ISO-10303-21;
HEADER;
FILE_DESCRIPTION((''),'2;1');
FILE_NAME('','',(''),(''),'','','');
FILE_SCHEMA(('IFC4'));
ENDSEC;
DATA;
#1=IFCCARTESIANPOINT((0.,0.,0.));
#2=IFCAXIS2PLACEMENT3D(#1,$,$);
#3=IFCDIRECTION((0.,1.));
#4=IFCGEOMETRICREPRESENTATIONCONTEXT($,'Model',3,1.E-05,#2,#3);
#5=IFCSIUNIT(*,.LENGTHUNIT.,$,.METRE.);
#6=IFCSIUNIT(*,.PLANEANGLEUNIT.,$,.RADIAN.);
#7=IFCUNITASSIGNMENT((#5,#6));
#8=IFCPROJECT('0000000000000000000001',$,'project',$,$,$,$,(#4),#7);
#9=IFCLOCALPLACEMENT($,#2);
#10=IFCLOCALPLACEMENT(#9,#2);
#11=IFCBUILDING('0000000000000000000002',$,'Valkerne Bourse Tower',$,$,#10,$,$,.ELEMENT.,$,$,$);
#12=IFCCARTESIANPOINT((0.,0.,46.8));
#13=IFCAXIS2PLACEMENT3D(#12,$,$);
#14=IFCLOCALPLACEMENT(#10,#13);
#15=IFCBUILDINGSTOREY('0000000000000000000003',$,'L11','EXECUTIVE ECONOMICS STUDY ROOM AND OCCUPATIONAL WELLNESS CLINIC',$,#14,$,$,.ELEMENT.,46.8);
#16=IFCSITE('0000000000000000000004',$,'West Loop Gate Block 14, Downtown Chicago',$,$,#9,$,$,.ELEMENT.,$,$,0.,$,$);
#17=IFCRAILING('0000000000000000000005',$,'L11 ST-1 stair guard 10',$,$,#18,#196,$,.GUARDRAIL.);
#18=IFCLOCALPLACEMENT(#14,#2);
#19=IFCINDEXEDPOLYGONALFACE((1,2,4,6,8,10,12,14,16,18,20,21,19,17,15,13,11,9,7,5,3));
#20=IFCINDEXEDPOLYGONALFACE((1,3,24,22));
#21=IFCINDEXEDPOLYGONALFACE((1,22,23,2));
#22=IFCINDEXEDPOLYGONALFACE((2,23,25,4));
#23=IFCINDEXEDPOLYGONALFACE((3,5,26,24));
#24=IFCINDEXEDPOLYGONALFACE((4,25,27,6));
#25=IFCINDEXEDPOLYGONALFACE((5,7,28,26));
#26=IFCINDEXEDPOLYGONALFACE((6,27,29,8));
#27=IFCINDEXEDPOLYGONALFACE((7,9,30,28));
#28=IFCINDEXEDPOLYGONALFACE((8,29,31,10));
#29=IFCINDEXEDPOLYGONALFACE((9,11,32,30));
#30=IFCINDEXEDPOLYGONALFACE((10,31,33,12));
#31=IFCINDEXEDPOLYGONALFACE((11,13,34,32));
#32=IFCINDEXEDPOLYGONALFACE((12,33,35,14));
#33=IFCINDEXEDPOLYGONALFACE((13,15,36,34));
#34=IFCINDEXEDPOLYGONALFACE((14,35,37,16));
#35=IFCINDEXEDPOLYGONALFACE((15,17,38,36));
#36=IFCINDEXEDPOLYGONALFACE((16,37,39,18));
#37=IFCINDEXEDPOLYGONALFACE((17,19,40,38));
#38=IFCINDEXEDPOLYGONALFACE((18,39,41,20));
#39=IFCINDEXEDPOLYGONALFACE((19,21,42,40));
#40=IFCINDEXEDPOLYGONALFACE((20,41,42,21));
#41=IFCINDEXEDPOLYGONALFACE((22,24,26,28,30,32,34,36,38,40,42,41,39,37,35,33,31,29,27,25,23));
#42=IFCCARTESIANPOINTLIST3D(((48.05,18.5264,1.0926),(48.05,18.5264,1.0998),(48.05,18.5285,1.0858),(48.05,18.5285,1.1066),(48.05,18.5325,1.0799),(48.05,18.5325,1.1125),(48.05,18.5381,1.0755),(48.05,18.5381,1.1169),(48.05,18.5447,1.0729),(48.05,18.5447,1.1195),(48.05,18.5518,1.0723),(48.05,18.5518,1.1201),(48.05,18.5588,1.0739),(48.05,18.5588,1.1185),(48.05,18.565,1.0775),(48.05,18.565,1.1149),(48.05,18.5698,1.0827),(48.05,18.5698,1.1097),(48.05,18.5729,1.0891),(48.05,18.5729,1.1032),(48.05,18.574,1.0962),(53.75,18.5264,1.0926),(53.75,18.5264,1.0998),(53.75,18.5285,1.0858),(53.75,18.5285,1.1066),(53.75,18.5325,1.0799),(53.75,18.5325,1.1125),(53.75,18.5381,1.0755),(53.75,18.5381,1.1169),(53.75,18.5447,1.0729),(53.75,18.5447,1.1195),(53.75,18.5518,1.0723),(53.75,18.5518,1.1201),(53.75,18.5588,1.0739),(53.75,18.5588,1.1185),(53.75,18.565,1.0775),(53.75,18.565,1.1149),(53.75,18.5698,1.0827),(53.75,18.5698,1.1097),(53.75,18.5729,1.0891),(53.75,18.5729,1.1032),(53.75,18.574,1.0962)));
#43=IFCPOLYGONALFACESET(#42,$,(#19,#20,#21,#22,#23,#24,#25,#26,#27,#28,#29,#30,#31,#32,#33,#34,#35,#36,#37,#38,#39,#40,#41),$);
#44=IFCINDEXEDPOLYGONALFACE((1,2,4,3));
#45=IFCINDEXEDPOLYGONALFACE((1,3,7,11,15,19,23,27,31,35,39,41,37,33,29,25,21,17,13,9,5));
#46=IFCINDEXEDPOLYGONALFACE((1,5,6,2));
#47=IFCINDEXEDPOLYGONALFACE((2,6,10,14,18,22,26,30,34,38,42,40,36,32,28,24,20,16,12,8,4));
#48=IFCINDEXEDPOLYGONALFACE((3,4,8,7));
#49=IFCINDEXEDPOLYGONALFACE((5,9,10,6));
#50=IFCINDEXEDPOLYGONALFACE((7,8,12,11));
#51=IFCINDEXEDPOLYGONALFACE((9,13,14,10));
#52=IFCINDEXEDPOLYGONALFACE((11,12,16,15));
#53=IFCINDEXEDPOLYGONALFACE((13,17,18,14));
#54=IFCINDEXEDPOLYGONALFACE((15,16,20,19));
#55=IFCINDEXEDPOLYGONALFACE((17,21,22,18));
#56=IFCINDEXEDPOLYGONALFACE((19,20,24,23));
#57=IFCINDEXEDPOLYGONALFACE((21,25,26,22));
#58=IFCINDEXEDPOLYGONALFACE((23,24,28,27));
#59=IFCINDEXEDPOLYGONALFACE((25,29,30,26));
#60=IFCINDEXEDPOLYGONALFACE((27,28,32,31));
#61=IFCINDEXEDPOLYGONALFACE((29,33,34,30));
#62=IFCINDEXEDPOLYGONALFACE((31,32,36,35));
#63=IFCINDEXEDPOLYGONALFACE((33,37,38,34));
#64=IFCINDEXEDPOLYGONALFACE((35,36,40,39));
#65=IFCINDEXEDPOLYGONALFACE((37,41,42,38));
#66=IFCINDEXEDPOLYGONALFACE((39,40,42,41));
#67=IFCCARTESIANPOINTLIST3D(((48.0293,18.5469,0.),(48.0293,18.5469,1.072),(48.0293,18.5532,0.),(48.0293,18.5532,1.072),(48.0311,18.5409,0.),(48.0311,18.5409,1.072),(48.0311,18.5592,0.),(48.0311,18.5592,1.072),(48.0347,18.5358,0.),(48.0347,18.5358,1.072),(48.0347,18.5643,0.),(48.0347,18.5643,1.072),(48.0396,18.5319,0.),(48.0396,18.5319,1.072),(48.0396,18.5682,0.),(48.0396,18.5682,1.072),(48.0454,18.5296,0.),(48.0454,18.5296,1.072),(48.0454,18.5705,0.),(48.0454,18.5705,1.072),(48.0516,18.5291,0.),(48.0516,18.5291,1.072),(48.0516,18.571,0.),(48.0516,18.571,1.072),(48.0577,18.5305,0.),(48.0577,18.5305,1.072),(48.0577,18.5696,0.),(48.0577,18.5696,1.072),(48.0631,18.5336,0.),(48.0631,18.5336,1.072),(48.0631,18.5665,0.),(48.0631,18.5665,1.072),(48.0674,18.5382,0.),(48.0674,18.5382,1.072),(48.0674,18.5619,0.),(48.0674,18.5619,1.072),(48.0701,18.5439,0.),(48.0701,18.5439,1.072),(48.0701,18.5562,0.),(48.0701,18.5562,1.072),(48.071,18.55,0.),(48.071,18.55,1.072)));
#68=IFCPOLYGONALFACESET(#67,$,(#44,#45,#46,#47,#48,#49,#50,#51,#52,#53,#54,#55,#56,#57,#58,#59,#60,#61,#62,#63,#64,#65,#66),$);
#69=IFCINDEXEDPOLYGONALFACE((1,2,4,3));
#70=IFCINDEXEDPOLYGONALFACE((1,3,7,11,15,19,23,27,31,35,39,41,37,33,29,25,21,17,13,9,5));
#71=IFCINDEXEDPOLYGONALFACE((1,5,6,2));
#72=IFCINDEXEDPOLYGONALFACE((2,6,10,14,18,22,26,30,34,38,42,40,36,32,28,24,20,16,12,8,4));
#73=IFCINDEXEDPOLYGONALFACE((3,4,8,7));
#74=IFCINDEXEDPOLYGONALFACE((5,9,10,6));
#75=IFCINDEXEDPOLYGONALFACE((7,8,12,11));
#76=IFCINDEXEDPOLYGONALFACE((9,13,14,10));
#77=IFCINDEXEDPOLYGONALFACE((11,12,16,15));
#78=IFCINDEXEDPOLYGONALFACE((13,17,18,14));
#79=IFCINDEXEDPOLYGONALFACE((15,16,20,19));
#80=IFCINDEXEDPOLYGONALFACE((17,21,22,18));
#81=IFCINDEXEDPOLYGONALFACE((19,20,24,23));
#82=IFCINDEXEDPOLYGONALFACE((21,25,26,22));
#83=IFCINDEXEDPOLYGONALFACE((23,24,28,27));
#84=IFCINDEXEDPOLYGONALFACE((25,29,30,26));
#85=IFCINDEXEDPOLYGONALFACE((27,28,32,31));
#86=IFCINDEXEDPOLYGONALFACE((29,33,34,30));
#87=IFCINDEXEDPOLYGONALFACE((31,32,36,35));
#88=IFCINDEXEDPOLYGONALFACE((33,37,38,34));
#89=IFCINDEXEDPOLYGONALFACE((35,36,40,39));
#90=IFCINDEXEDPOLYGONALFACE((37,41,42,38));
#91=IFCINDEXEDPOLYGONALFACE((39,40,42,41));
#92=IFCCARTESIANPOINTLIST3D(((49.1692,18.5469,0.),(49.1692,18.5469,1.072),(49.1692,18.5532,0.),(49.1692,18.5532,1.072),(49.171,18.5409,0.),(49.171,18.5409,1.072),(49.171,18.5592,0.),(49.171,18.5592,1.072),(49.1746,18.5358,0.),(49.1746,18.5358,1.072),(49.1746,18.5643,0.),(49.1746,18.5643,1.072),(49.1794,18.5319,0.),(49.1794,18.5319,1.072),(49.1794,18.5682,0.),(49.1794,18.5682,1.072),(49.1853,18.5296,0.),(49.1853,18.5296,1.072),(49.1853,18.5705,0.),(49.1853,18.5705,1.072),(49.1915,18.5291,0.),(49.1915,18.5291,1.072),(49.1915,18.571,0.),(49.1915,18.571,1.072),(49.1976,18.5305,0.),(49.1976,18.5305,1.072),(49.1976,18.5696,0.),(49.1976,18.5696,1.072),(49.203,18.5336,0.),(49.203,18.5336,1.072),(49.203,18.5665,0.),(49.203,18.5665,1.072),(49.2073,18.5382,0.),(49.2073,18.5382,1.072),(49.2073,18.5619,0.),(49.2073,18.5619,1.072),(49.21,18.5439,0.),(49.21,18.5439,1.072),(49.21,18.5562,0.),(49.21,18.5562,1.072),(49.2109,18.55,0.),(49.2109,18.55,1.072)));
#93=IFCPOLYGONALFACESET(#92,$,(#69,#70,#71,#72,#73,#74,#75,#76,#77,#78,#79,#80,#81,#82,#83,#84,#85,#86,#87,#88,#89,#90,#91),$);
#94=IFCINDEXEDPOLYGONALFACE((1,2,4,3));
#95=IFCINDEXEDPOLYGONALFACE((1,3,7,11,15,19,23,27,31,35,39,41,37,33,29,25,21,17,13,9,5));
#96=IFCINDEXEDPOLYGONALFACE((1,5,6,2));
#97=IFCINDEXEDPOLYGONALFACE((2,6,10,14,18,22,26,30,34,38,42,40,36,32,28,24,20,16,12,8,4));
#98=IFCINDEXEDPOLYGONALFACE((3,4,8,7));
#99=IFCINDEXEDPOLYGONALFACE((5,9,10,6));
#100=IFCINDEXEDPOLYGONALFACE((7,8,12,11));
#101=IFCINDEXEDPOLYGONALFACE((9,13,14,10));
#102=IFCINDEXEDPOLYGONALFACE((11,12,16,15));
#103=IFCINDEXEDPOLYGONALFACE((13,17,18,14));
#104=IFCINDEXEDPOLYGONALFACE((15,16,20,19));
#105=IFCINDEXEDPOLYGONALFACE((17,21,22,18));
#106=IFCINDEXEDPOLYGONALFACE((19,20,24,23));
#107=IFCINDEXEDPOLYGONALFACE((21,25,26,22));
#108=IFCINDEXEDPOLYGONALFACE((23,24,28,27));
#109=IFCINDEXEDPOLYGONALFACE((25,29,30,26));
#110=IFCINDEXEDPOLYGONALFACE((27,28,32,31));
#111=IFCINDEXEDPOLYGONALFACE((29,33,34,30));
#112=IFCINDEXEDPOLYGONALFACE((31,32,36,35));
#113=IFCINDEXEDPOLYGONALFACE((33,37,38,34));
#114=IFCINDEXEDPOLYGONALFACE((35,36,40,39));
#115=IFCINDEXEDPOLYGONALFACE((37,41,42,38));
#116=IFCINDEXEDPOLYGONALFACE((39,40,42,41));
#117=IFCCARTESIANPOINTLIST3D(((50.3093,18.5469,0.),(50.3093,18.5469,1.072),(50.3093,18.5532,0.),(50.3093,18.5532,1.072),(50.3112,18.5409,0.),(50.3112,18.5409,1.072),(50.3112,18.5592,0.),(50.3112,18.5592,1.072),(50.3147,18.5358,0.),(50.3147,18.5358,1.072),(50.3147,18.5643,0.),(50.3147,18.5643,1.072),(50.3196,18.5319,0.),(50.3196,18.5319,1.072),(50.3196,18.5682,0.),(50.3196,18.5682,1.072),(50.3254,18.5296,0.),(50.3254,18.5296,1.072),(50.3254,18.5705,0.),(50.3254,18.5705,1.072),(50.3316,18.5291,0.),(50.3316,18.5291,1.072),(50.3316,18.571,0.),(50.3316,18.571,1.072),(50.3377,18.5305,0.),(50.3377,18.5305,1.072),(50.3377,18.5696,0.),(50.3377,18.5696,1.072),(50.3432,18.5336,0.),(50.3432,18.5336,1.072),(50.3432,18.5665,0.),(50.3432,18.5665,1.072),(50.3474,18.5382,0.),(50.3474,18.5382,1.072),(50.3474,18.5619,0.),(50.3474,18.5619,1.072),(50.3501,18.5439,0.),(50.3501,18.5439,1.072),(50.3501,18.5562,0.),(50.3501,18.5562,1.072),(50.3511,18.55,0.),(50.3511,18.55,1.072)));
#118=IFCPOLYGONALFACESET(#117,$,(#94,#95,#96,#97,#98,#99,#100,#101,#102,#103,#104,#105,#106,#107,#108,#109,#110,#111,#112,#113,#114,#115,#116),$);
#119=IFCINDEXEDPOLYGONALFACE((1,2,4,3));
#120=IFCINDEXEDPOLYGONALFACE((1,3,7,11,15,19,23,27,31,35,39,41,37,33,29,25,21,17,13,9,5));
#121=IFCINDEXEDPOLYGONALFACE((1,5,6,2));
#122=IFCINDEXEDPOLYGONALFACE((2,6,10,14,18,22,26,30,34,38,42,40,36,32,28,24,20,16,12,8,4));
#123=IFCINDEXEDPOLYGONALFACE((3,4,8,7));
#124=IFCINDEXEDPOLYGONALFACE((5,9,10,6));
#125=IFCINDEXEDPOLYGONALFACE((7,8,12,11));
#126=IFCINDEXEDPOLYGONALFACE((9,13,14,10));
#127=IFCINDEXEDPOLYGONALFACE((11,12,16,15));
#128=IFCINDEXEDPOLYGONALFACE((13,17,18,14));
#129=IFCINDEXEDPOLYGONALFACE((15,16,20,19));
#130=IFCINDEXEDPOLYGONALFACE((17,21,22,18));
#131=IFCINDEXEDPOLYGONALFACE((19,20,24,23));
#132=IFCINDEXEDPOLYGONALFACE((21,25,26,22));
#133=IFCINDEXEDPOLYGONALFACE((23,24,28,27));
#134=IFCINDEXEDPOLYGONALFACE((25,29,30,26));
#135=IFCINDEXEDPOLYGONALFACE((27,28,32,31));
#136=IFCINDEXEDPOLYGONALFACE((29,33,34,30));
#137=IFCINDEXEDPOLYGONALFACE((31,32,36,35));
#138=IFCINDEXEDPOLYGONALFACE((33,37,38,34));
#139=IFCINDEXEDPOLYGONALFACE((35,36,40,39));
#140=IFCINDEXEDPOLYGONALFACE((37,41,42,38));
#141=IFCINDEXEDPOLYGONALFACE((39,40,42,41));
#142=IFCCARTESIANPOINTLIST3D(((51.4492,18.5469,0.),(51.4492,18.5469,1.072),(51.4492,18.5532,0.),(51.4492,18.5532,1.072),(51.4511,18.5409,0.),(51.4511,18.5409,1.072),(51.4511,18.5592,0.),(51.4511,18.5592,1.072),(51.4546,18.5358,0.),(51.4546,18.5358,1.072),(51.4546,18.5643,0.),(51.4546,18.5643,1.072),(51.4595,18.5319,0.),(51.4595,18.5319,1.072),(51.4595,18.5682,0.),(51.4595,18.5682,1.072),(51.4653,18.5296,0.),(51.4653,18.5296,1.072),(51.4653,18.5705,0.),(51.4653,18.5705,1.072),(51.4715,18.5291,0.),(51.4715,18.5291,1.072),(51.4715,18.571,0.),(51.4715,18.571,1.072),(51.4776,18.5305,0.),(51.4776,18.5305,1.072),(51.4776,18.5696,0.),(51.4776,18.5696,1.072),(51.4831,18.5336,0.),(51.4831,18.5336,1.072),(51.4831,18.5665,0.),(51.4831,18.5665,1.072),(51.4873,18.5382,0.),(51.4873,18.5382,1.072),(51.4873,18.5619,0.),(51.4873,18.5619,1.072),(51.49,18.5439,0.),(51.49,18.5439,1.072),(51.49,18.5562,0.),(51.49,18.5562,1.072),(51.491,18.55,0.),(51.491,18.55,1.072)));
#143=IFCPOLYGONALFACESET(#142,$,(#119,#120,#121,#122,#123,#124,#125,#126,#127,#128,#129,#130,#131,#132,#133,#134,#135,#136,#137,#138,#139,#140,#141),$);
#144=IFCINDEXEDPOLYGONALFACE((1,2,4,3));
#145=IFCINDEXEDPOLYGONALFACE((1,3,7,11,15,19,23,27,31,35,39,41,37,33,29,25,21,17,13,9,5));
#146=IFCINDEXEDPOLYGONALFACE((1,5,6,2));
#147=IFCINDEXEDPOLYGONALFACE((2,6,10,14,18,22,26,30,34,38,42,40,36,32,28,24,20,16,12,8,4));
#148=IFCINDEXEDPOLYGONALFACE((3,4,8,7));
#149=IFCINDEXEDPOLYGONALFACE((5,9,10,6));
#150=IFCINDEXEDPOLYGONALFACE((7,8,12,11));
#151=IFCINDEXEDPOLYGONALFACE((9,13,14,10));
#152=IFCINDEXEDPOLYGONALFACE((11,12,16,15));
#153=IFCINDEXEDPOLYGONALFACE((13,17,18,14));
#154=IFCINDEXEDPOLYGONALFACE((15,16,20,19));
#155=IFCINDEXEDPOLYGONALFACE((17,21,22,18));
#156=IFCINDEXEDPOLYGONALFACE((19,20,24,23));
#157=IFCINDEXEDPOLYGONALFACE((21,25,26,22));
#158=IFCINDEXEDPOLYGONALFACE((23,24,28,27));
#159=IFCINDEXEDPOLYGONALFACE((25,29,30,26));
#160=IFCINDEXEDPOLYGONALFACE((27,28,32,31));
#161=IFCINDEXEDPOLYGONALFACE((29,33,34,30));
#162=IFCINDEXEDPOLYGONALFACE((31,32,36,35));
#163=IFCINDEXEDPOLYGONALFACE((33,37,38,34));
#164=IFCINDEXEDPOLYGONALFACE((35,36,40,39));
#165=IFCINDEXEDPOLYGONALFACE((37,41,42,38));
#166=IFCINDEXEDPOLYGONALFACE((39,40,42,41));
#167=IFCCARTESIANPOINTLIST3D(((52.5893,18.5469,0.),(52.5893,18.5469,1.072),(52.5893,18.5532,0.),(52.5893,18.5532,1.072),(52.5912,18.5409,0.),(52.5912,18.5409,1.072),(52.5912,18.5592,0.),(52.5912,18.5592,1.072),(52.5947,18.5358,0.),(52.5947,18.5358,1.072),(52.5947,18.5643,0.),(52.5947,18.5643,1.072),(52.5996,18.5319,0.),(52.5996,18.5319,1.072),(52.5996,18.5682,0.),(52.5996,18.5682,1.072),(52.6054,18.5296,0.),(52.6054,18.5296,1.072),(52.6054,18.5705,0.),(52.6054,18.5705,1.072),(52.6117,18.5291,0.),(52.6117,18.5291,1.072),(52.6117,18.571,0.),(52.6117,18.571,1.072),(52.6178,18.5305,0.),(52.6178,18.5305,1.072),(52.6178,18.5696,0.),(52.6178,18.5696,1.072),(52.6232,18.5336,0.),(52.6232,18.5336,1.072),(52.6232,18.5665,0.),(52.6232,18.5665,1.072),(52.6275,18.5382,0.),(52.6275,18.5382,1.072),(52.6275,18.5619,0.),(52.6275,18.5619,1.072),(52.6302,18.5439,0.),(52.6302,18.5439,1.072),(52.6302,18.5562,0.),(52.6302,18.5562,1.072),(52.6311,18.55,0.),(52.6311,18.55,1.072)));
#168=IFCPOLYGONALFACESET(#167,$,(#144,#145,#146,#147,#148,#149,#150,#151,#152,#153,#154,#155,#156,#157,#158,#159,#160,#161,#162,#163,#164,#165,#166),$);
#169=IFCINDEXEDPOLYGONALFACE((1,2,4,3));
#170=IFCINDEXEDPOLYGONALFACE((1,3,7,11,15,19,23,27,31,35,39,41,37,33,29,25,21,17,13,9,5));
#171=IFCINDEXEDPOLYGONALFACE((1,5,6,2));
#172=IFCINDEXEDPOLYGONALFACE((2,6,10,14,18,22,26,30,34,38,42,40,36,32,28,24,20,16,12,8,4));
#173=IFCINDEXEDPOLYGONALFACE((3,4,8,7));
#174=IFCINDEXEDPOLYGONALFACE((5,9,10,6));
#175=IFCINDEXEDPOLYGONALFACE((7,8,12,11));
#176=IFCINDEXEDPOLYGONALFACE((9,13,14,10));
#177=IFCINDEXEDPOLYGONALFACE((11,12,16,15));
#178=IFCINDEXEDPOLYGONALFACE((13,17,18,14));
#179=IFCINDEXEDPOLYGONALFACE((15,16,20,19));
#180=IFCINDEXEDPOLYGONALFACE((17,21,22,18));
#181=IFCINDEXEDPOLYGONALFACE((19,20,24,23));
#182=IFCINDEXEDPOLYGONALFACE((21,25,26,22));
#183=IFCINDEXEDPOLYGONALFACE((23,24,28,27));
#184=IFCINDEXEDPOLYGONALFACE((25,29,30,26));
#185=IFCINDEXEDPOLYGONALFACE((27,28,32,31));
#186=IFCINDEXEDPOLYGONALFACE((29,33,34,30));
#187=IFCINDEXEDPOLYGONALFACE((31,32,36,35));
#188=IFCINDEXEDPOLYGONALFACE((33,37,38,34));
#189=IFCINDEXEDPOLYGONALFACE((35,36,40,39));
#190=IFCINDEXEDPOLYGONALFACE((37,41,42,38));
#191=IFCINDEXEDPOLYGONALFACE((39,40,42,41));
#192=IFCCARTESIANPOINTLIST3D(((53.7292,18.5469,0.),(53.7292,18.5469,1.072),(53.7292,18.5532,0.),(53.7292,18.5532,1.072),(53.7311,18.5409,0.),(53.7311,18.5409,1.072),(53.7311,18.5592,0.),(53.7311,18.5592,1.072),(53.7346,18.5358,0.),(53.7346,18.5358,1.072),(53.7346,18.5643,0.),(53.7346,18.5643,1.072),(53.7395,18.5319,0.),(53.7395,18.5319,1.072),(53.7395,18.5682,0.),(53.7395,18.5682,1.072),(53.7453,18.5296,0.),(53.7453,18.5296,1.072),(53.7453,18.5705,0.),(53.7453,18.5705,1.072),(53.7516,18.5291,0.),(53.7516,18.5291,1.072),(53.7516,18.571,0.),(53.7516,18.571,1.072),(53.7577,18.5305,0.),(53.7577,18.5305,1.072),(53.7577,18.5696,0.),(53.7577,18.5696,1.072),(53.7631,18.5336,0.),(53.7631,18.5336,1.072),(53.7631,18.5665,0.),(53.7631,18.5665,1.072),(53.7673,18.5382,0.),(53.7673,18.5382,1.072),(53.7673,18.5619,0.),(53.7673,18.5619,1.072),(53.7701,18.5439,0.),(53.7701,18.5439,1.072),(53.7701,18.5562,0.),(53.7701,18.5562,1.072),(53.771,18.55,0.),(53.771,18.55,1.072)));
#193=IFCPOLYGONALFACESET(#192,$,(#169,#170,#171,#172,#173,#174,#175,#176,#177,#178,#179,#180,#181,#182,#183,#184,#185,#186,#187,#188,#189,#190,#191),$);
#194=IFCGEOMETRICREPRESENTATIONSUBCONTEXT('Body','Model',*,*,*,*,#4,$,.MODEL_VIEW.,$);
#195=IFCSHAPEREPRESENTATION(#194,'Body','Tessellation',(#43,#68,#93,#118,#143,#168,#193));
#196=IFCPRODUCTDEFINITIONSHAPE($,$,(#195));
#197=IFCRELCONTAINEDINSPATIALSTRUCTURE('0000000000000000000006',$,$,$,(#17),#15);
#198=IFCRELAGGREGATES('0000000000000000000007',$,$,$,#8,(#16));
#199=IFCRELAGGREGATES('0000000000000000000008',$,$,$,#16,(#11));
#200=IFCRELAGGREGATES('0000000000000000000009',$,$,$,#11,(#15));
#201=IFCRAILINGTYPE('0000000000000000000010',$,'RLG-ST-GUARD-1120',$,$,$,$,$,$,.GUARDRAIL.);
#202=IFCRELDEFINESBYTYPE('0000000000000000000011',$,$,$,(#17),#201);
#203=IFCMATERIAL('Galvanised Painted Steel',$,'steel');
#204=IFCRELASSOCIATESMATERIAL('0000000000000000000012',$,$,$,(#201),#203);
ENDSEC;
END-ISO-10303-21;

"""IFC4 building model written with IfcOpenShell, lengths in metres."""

from ifc_helpers import new_model, si_unit, direction, frame, origin, origin_2d, place, context, subcontext, project, spatial, circle, extrude, material, type_object, element, save


model = new_model("IFC4")

# Units and contexts
model_context = context("Model", 3, precision=1e-05, world=origin(), true_north=direction((0.0, 1.0)))
body_context = subcontext(model_context, "Body", "Model", "MODEL_VIEW")
ifc_project = project(units=[si_unit("LENGTHUNIT", "METRE"), si_unit("PLANEANGLEUNIT", "RADIAN")], contexts=[model_context])

# Site, building, storey
site_placement = place(None, origin())
site = spatial("IfcSite", under=ifc_project, at=site_placement, Name="West Loop Gate Block 14, Downtown Chicago", CompositionType="ELEMENT", RefElevation=0.0)
building_placement = place(site_placement, origin())
building = spatial("IfcBuilding", under=site, at=building_placement, Name="Valkerne Bourse Tower", CompositionType="ELEMENT")
storey_placement = place(building_placement, frame((0.0, 0.0, 46.8)))
storey = spatial("IfcBuildingStorey", under=building, at=storey_placement, Name="L11", Description="EXECUTIVE ECONOMICS STUDY ROOM AND OCCUPATIONAL WELLNESS CLINIC", CompositionType="ELEMENT", Elevation=46.8)

# Shared definitions
ifc_material_1 = material(Name="Galvanised Painted Steel", Category="steel")

# Railing
railing_type = type_object("IfcRailingType", Name="RLG-ST-GUARD-1120", PredefinedType="GUARDRAIL", material=ifc_material_1)
for number, where, name in (
    (1, (48.05, 18.55, 0.0), "L11 ST-1 stair guard 10"),
):
    element("IfcRailing", number, at=place(storey_placement, frame(where)), inside=storey, type_object=railing_type, Name=name, PredefinedType="GUARDRAIL", context=body_context, shape_type="SweptSolid", body=[
        extrude(circle(Radius=0.0239, at=origin_2d()), frame((0.0, 0.0, 1.0962), z_axis=(1.0, 0.0, 0.0), x_axis=(0.0, 1.0, 0.0)), (0.0, 0.0, 1.0), 5.7),
        extrude(circle(Radius=0.021, at=origin_2d()), origin(), (0.0, 0.0, 1.0), 1.072),
        extrude(circle(Radius=0.021, at=origin_2d()), frame((1.1399, 0.0, 0.0)), (0.0, 0.0, 1.0), 1.072),
        extrude(circle(Radius=0.021, at=origin_2d()), frame((2.28, 0.0, 0.0)), (0.0, 0.0, 1.0), 1.072),
        extrude(circle(Radius=0.021, at=origin_2d()), frame((3.4199, 0.0, 0.0)), (0.0, 0.0, 1.0), 1.072),
        extrude(circle(Radius=0.021, at=origin_2d()), frame((4.5601, 0.0, 0.0)), (0.0, 0.0, 1.0), 1.072),
        extrude(circle(Radius=0.021, at=origin_2d()), frame((5.7, 0.0, 0.0)), (0.0, 0.0, 1.0), 1.072),
    ])

save(model, "model.ifc")
